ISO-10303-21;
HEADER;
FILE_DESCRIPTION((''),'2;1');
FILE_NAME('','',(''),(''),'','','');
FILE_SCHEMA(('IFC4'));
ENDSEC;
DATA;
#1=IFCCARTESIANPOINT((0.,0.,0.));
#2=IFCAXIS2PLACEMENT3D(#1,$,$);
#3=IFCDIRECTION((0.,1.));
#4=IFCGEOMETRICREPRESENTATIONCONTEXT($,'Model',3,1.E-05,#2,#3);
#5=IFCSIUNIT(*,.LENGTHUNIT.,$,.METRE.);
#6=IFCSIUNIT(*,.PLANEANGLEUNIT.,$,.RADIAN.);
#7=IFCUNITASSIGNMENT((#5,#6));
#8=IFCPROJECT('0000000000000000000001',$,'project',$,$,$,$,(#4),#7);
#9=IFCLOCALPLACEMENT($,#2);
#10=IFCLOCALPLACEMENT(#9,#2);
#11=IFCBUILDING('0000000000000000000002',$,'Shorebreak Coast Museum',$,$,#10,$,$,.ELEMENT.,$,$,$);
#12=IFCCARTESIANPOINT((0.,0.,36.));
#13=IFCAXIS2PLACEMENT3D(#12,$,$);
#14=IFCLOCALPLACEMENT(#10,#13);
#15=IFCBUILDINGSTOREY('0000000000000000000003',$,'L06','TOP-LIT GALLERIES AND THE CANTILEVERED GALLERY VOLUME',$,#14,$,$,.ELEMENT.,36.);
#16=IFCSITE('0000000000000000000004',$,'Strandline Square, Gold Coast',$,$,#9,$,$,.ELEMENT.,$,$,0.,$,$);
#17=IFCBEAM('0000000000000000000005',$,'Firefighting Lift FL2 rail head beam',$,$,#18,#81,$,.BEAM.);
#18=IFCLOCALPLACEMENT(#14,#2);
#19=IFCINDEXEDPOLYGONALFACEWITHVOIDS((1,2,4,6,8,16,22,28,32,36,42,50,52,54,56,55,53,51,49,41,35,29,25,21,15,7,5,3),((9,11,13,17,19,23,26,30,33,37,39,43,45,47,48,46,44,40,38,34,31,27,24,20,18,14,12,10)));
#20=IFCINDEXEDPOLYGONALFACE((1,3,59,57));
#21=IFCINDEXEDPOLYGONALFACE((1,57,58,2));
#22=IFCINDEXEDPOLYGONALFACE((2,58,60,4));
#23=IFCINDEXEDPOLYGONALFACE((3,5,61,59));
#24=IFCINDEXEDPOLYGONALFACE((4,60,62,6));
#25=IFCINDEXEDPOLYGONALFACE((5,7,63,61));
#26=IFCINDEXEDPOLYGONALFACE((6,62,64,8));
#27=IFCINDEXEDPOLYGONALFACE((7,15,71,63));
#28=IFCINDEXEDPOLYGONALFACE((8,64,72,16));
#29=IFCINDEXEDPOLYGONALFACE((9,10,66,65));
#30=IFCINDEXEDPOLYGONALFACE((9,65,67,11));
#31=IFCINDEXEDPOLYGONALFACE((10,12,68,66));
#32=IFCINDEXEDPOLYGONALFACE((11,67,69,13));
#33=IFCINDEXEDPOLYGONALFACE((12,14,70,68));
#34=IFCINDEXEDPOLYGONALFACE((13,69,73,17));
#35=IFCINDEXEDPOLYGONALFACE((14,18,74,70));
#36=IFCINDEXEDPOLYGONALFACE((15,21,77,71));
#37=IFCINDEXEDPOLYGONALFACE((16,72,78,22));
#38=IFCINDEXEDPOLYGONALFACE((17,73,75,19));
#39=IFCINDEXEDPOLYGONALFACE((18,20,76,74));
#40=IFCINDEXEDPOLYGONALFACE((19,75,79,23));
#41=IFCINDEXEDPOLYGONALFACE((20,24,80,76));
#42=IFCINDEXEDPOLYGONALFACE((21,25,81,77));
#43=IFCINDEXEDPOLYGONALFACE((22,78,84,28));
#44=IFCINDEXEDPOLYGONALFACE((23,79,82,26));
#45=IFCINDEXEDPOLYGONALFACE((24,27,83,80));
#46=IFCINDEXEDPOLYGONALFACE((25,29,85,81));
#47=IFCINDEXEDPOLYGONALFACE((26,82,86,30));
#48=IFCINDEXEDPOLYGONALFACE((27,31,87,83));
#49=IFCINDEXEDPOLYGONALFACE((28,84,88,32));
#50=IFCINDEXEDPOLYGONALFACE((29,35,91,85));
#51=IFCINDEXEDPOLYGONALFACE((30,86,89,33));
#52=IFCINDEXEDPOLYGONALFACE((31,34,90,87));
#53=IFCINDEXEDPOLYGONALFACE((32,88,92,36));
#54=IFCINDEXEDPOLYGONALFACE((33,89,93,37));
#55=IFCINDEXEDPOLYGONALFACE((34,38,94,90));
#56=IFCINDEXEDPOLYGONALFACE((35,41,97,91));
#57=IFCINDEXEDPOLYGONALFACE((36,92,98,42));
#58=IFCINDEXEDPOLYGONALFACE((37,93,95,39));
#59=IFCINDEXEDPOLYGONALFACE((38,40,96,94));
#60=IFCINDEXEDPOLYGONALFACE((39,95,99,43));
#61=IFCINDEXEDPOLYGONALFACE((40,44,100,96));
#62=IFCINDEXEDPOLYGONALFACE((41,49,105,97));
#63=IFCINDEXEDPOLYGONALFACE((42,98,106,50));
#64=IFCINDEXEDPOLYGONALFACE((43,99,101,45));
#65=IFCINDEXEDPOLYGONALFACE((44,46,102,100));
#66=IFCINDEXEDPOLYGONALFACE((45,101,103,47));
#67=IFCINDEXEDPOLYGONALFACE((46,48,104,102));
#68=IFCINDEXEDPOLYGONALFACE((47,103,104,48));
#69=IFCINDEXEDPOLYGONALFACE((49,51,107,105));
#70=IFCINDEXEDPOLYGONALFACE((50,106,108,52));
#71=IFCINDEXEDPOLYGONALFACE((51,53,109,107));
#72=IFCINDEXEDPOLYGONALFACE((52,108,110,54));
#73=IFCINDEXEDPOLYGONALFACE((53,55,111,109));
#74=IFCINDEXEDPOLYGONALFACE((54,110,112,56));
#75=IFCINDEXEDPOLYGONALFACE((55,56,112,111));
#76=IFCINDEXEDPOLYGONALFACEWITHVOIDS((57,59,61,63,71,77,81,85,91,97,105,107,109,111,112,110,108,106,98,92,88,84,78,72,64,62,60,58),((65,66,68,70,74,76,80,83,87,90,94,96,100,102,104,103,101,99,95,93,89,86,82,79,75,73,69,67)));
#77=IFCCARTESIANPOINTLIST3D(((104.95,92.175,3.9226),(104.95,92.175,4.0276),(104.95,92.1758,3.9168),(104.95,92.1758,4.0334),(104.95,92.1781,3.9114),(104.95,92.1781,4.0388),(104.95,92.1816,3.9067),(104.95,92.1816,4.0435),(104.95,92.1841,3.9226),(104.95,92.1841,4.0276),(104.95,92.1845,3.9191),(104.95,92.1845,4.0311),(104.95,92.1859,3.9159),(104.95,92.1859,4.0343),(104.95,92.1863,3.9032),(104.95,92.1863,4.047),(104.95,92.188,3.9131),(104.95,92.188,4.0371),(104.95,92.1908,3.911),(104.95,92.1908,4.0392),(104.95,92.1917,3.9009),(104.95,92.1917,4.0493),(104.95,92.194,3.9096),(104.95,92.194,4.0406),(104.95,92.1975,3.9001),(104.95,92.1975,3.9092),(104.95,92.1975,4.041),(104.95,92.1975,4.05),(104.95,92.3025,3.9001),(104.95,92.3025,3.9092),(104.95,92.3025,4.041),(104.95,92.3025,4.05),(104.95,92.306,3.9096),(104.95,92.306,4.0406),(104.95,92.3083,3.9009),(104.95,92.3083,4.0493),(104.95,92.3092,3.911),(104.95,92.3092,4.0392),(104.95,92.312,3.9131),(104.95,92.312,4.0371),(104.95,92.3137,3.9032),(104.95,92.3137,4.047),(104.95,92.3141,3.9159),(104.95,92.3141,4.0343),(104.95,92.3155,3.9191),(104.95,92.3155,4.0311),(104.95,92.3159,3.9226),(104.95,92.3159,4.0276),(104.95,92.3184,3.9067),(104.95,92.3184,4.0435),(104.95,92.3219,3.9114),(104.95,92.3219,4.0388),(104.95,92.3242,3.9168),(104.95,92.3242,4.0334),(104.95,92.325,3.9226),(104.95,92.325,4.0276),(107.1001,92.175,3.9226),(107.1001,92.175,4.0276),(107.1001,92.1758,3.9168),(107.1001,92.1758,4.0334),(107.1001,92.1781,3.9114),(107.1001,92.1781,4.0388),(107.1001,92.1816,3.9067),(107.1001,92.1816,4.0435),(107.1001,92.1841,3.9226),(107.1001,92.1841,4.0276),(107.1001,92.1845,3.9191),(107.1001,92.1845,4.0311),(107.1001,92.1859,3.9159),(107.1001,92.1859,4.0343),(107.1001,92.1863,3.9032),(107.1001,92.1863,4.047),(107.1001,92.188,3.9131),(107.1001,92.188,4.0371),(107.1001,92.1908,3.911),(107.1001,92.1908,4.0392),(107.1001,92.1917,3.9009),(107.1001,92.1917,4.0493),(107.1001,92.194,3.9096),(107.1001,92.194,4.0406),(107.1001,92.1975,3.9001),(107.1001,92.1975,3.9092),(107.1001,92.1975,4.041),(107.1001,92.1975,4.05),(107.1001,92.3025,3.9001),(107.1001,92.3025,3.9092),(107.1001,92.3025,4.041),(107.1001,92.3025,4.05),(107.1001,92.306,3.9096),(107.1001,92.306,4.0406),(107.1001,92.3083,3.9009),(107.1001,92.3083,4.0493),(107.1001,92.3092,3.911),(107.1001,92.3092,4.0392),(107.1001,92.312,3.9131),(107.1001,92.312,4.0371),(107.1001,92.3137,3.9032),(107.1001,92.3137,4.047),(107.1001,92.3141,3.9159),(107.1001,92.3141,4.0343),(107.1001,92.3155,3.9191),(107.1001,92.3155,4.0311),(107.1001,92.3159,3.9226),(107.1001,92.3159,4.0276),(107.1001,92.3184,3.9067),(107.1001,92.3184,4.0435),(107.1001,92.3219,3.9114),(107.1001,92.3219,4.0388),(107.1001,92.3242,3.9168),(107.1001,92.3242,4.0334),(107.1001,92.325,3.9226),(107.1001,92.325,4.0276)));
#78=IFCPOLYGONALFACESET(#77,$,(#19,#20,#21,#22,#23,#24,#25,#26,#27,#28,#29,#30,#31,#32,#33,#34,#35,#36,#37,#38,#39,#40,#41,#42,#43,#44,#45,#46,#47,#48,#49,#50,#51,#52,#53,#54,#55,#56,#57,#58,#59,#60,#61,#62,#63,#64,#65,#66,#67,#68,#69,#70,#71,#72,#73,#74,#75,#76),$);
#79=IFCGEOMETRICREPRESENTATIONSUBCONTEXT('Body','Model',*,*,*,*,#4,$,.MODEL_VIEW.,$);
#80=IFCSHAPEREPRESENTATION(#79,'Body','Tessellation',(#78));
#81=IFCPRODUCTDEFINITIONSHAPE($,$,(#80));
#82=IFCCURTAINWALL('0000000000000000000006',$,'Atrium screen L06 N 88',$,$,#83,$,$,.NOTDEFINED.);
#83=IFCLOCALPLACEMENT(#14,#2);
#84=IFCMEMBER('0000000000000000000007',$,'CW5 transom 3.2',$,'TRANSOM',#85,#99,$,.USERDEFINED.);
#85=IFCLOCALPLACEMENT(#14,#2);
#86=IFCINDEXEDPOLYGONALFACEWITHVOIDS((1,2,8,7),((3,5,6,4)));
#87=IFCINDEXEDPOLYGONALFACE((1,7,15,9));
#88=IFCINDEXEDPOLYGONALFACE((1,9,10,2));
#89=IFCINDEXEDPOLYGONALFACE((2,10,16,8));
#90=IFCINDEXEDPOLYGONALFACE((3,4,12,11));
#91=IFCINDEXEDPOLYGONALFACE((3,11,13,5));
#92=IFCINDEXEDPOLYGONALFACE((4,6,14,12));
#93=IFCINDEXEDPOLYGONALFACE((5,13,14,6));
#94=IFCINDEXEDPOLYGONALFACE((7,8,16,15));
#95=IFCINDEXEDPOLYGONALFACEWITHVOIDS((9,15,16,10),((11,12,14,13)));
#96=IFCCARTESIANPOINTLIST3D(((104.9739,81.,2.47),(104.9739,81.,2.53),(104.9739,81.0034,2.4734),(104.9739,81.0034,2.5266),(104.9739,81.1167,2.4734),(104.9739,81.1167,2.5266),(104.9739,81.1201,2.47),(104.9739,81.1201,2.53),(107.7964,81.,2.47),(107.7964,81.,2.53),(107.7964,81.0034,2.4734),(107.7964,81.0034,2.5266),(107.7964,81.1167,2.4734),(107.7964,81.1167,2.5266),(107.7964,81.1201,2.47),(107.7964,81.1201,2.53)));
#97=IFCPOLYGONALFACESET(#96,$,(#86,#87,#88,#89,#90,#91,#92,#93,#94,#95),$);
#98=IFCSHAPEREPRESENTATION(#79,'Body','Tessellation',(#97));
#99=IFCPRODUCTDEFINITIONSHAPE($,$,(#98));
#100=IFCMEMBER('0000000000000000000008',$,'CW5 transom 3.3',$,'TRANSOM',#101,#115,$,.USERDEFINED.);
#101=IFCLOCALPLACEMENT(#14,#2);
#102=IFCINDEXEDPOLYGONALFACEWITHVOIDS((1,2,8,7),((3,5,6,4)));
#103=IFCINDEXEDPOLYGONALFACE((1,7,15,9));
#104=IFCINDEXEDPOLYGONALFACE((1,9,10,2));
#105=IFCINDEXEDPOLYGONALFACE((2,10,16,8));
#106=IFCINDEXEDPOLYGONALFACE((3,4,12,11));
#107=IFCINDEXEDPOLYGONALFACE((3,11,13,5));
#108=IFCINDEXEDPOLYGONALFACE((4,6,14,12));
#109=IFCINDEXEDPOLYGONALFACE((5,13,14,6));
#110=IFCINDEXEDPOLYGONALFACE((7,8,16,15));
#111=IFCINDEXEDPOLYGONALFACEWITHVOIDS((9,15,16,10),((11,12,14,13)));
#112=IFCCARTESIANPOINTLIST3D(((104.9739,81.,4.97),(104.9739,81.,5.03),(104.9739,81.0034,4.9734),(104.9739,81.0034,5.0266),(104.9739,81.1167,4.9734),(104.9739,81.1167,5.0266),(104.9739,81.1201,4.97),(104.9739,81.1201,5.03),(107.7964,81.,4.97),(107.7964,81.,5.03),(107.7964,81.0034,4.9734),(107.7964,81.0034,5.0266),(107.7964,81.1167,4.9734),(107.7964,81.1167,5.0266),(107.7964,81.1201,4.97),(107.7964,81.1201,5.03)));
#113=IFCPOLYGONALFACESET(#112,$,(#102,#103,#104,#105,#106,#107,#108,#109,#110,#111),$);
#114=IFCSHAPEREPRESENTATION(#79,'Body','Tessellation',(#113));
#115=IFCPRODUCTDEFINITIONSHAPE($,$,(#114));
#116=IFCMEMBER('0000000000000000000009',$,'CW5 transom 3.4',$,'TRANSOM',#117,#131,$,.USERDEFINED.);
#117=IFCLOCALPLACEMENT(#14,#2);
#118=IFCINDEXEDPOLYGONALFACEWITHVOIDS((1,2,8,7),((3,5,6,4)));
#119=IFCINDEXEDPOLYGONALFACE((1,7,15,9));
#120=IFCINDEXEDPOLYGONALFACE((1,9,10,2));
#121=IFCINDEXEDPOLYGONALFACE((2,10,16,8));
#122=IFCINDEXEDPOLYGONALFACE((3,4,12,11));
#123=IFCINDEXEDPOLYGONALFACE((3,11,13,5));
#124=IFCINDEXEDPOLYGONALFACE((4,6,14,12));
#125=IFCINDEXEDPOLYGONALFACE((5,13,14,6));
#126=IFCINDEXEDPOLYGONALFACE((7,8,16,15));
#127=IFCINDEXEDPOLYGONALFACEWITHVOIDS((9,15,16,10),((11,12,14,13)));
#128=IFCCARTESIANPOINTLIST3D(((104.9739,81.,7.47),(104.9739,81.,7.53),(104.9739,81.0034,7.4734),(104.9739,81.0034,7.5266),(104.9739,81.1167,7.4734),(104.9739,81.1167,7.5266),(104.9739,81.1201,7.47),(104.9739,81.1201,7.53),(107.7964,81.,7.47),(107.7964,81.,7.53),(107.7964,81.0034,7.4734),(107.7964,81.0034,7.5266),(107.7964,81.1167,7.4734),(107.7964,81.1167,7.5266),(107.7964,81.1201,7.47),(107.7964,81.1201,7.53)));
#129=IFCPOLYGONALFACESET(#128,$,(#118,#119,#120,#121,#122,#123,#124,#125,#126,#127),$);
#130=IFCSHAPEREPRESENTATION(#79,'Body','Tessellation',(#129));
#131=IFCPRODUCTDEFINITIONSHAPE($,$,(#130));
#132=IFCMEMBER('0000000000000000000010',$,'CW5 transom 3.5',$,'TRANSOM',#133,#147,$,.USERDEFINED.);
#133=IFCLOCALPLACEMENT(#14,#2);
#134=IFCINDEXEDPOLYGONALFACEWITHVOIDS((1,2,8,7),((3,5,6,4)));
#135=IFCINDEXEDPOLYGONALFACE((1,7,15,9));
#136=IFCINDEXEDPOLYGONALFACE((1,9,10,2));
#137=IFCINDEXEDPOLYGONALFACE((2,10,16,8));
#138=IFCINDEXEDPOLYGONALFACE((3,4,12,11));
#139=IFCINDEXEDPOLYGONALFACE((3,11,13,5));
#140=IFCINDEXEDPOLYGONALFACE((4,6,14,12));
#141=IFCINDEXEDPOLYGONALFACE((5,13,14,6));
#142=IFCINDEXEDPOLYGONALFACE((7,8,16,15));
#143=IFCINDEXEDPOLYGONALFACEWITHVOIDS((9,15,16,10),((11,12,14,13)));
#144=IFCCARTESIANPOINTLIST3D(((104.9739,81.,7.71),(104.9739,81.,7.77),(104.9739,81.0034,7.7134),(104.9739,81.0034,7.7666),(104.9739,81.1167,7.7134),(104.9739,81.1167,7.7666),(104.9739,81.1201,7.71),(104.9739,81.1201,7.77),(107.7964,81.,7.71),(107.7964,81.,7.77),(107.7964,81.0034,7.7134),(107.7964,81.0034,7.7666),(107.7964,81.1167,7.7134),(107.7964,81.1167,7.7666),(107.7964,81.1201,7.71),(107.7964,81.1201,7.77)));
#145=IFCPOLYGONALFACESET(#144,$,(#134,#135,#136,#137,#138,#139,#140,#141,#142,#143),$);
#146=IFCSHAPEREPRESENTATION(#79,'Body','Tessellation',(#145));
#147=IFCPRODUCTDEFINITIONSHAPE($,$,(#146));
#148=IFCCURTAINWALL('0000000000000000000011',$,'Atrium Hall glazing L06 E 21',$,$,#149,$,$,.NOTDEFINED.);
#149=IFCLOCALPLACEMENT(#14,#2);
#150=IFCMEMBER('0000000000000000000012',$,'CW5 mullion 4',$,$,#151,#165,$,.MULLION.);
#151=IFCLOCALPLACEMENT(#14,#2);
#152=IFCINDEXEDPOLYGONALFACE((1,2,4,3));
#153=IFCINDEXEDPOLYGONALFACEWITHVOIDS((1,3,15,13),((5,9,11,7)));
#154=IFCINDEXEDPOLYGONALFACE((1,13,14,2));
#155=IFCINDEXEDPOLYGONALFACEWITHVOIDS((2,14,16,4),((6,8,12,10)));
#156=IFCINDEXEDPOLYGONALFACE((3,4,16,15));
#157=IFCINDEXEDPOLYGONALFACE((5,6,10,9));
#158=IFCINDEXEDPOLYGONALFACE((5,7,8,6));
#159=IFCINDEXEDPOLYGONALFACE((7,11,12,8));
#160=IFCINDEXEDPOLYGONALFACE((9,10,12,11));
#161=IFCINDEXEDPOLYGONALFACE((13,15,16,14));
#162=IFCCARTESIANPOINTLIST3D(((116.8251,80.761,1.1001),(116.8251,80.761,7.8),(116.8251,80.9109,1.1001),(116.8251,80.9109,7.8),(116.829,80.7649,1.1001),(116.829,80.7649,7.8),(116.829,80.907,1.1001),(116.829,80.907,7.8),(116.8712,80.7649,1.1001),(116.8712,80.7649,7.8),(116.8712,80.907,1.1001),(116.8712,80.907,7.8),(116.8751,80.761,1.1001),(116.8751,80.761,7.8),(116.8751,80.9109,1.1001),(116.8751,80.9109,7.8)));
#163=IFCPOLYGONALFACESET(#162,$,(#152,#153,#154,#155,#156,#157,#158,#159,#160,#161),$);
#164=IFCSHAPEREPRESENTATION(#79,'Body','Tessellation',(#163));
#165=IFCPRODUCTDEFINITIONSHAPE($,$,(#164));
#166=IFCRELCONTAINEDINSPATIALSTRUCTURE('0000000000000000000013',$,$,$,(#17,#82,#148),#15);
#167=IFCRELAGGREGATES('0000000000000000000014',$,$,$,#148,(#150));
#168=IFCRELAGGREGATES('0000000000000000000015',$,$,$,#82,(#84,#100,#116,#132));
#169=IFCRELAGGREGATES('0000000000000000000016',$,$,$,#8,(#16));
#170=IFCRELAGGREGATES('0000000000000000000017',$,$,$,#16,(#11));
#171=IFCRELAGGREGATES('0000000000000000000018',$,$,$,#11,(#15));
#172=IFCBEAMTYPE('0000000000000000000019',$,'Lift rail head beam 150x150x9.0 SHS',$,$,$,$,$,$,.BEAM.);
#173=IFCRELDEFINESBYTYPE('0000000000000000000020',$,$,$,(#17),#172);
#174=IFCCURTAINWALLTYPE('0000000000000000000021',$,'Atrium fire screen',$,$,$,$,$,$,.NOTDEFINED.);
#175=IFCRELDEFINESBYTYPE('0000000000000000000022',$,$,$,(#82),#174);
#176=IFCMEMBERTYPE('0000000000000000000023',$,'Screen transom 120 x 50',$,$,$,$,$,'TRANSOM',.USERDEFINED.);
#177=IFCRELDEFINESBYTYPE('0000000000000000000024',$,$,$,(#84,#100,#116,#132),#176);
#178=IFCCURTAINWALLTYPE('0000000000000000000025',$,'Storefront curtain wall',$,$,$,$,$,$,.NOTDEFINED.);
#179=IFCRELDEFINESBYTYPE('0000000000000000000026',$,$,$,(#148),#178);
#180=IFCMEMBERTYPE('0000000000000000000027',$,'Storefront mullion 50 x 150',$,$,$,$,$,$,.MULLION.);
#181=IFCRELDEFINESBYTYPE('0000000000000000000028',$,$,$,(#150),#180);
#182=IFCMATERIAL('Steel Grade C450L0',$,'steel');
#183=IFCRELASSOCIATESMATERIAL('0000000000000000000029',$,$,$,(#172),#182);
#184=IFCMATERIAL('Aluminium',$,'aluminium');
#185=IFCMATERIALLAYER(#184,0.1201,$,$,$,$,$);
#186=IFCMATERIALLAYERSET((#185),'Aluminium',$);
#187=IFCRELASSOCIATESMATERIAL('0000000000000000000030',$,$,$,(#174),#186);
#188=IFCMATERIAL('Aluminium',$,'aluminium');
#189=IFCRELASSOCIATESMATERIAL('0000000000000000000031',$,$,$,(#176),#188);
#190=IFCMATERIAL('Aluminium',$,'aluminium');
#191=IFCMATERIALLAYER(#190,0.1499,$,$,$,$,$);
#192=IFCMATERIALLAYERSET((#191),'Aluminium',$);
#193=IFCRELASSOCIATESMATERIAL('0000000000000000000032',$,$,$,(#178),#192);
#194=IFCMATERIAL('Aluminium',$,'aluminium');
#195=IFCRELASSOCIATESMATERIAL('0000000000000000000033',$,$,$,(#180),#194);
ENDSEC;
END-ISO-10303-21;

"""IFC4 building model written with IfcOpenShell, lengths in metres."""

from ifc_helpers import new_model, si_unit, direction, frame, origin, origin_2d, place, context, subcontext, project, spatial, hollow_rectangle, extrude, material, layer, layer_set, material_profile, profile_set, type_object, element, aggregate, save


model = new_model("IFC4")

# Units and contexts
model_context = context("Model", 3, precision=1e-05, world=origin(), true_north=direction((0.0, 1.0)))
body_context = subcontext(model_context, "Body", "Model", "MODEL_VIEW")
ifc_project = project(units=[si_unit("LENGTHUNIT", "METRE"), si_unit("PLANEANGLEUNIT", "RADIAN")], contexts=[model_context])

# Site, building, storey
site_placement = place(None, origin())
site = spatial("IfcSite", under=ifc_project, at=site_placement, Name="Strandline Square, Gold Coast", CompositionType="ELEMENT", RefElevation=0.0)
building_placement = place(site_placement, origin())
building = spatial("IfcBuilding", under=site, at=building_placement, Name="Shorebreak Coast Museum", CompositionType="ELEMENT")
storey_placement = place(building_placement, frame((0.0, 0.0, 36.0)))
storey = spatial("IfcBuildingStorey", under=building, at=storey_placement, Name="L06", Description="TOP-LIT GALLERIES AND THE CANTILEVERED GALLERY VOLUME", CompositionType="ELEMENT", Elevation=36.0)

# Beam
ifc_material_1 = material(Name="Steel Grade C450L0", Category="steel")
ifc_material_profile_1 = material_profile(ifc_material_1, hollow_rectangle(XDim=0.1499, YDim=0.1499, WallThickness=0.009, InnerFilletRadius=0.0134, OuterFilletRadius=0.0225, at=origin_2d()), Name="150x150x9.0 SHS")
ifc_profile_set_1 = profile_set([ifc_material_profile_1], Name="Steel Grade C450L0")
beam_type_1 = type_object("IfcBeamType", Name="Lift rail head beam 150x150x9.0 SHS", PredefinedType="BEAM", material=ifc_profile_set_1)
beam_1_placement = place(storey_placement, frame((104.95, 92.25, 3.9751), z_axis=(1.0, 0.0, 0.0), x_axis=(0.0, 1.0, 0.0)))
element("IfcBeam", 1, at=beam_1_placement, inside=storey, type_object=beam_type_1, Name="Firefighting Lift FL2 rail head beam", PredefinedType="BEAM", context=body_context, shape_type="SweptSolid", body=[
    extrude(hollow_rectangle(XDim=0.1499, YDim=0.1499, WallThickness=0.009, InnerFilletRadius=0.0134, OuterFilletRadius=0.0225, at=origin_2d()), origin(), (0.0, 0.0, 1.0), 2.1501),
])

# Curtain wall, members
ifc_material_2 = material(Name="Aluminium", Category="aluminium")
ifc_layer_1 = layer(ifc_material_2, 0.1201)
ifc_layer_set_1 = layer_set([ifc_layer_1], Name="Aluminium")
curtain_wall_type_1 = type_object("IfcCurtainWallType", Name="Atrium fire screen", PredefinedType="NOTDEFINED", material=ifc_layer_set_1)
curtain_wall_1_placement = place(storey_placement, origin())
curtain_wall_1 = element("IfcCurtainWall", 2, at=curtain_wall_1_placement, inside=storey, type_object=curtain_wall_type_1, Name="Atrium screen L06 N 88", PredefinedType="NOTDEFINED")
ifc_material_3 = material(Name="Aluminium", Category="aluminium")
ifc_material_profile_2 = material_profile(ifc_material_3, hollow_rectangle(XDim=0.1201, YDim=0.0601, WallThickness=0.0034, at=origin_2d()), Name="AL 60x120 RHS")
ifc_profile_set_2 = profile_set([ifc_material_profile_2], Name="Aluminium")
member_type_1 = type_object("IfcMemberType", Name="Screen transom 120 x 50", ElementType="TRANSOM", PredefinedType="USERDEFINED", material=ifc_profile_set_2)
member_1_placement = place(storey_placement, frame((104.9739, 81.0601, 2.5), z_axis=(1.0, 0.0, 0.0), x_axis=(0.0, 1.0, 0.0)))
member_1 = element("IfcMember", 3, at=member_1_placement, type_object=member_type_1, Name="CW5 transom 3.2", ObjectType="TRANSOM", PredefinedType="USERDEFINED", context=body_context, shape_type="SweptSolid", body=[
    extrude(hollow_rectangle(XDim=0.1201, YDim=0.0601, WallThickness=0.0034, at=origin_2d()), origin(), (0.0, 0.0, 1.0), 2.8225),
])
member_2_placement = place(storey_placement, frame((104.9739, 81.0601, 5.0), z_axis=(1.0, 0.0, 0.0), x_axis=(0.0, 1.0, 0.0)))
member_2 = element("IfcMember", 4, at=member_2_placement, type_object=member_type_1, Name="CW5 transom 3.3", ObjectType="TRANSOM", PredefinedType="USERDEFINED", context=body_context, shape_type="SweptSolid", body=[
    extrude(hollow_rectangle(XDim=0.1201, YDim=0.0601, WallThickness=0.0034, at=origin_2d()), origin(), (0.0, 0.0, 1.0), 2.8225),
])
member_3_placement = place(storey_placement, frame((104.9739, 81.0601, 7.5), z_axis=(1.0, 0.0, 0.0), x_axis=(0.0, 1.0, 0.0)))
member_3 = element("IfcMember", 5, at=member_3_placement, type_object=member_type_1, Name="CW5 transom 3.4", ObjectType="TRANSOM", PredefinedType="USERDEFINED", context=body_context, shape_type="SweptSolid", body=[
    extrude(hollow_rectangle(XDim=0.1201, YDim=0.0601, WallThickness=0.0034, at=origin_2d()), origin(), (0.0, 0.0, 1.0), 2.8225),
])
member_4_placement = place(storey_placement, frame((104.9739, 81.0601, 7.74), z_axis=(1.0, 0.0, 0.0), x_axis=(0.0, 1.0, 0.0)))
member_4 = element("IfcMember", 6, at=member_4_placement, type_object=member_type_1, Name="CW5 transom 3.5", ObjectType="TRANSOM", PredefinedType="USERDEFINED", context=body_context, shape_type="SweptSolid", body=[
    extrude(hollow_rectangle(XDim=0.1201, YDim=0.0601, WallThickness=0.0034, at=origin_2d()), origin(), (0.0, 0.0, 1.0), 2.8225),
])

# Curtain wall, member
ifc_material_4 = material(Name="Aluminium", Category="aluminium")
ifc_layer_2 = layer(ifc_material_4, 0.1499)
ifc_layer_set_2 = layer_set([ifc_layer_2], Name="Aluminium")
curtain_wall_type_2 = type_object("IfcCurtainWallType", Name="Storefront curtain wall", PredefinedType="NOTDEFINED", material=ifc_layer_set_2)
curtain_wall_2_placement = place(storey_placement, origin())
curtain_wall_2 = element("IfcCurtainWall", 7, at=curtain_wall_2_placement, inside=storey, type_object=curtain_wall_type_2, Name="Atrium Hall glazing L06 E 21", PredefinedType="NOTDEFINED")
ifc_material_5 = material(Name="Aluminium", Category="aluminium")
ifc_material_profile_3 = material_profile(ifc_material_5, hollow_rectangle(XDim=0.05, YDim=0.1499, WallThickness=0.0039, at=origin_2d()), Name="AL 150x50 RHS")
ifc_profile_set_3 = profile_set([ifc_material_profile_3], Name="Aluminium")
member_type_2 = type_object("IfcMemberType", Name="Storefront mullion 50 x 150", PredefinedType="MULLION", material=ifc_profile_set_3)
member_5_placement = place(storey_placement, frame((116.8501, 80.8359, 1.1001), z_axis=(0.0, 0.0, 1.0), x_axis=(-1.0, 0.0, 0.0)))
member_5 = element("IfcMember", 8, at=member_5_placement, type_object=member_type_2, Name="CW5 mullion 4", PredefinedType="MULLION", context=body_context, shape_type="SweptSolid", body=[
    extrude(hollow_rectangle(XDim=0.05, YDim=0.1499, WallThickness=0.0039, at=origin_2d()), origin(), (0.0, 0.0, 1.0), 6.7),
])
aggregate(curtain_wall_2, [member_5])

aggregate(curtain_wall_1, [member_1, member_2, member_3, member_4])

save(model, "model.ifc")
